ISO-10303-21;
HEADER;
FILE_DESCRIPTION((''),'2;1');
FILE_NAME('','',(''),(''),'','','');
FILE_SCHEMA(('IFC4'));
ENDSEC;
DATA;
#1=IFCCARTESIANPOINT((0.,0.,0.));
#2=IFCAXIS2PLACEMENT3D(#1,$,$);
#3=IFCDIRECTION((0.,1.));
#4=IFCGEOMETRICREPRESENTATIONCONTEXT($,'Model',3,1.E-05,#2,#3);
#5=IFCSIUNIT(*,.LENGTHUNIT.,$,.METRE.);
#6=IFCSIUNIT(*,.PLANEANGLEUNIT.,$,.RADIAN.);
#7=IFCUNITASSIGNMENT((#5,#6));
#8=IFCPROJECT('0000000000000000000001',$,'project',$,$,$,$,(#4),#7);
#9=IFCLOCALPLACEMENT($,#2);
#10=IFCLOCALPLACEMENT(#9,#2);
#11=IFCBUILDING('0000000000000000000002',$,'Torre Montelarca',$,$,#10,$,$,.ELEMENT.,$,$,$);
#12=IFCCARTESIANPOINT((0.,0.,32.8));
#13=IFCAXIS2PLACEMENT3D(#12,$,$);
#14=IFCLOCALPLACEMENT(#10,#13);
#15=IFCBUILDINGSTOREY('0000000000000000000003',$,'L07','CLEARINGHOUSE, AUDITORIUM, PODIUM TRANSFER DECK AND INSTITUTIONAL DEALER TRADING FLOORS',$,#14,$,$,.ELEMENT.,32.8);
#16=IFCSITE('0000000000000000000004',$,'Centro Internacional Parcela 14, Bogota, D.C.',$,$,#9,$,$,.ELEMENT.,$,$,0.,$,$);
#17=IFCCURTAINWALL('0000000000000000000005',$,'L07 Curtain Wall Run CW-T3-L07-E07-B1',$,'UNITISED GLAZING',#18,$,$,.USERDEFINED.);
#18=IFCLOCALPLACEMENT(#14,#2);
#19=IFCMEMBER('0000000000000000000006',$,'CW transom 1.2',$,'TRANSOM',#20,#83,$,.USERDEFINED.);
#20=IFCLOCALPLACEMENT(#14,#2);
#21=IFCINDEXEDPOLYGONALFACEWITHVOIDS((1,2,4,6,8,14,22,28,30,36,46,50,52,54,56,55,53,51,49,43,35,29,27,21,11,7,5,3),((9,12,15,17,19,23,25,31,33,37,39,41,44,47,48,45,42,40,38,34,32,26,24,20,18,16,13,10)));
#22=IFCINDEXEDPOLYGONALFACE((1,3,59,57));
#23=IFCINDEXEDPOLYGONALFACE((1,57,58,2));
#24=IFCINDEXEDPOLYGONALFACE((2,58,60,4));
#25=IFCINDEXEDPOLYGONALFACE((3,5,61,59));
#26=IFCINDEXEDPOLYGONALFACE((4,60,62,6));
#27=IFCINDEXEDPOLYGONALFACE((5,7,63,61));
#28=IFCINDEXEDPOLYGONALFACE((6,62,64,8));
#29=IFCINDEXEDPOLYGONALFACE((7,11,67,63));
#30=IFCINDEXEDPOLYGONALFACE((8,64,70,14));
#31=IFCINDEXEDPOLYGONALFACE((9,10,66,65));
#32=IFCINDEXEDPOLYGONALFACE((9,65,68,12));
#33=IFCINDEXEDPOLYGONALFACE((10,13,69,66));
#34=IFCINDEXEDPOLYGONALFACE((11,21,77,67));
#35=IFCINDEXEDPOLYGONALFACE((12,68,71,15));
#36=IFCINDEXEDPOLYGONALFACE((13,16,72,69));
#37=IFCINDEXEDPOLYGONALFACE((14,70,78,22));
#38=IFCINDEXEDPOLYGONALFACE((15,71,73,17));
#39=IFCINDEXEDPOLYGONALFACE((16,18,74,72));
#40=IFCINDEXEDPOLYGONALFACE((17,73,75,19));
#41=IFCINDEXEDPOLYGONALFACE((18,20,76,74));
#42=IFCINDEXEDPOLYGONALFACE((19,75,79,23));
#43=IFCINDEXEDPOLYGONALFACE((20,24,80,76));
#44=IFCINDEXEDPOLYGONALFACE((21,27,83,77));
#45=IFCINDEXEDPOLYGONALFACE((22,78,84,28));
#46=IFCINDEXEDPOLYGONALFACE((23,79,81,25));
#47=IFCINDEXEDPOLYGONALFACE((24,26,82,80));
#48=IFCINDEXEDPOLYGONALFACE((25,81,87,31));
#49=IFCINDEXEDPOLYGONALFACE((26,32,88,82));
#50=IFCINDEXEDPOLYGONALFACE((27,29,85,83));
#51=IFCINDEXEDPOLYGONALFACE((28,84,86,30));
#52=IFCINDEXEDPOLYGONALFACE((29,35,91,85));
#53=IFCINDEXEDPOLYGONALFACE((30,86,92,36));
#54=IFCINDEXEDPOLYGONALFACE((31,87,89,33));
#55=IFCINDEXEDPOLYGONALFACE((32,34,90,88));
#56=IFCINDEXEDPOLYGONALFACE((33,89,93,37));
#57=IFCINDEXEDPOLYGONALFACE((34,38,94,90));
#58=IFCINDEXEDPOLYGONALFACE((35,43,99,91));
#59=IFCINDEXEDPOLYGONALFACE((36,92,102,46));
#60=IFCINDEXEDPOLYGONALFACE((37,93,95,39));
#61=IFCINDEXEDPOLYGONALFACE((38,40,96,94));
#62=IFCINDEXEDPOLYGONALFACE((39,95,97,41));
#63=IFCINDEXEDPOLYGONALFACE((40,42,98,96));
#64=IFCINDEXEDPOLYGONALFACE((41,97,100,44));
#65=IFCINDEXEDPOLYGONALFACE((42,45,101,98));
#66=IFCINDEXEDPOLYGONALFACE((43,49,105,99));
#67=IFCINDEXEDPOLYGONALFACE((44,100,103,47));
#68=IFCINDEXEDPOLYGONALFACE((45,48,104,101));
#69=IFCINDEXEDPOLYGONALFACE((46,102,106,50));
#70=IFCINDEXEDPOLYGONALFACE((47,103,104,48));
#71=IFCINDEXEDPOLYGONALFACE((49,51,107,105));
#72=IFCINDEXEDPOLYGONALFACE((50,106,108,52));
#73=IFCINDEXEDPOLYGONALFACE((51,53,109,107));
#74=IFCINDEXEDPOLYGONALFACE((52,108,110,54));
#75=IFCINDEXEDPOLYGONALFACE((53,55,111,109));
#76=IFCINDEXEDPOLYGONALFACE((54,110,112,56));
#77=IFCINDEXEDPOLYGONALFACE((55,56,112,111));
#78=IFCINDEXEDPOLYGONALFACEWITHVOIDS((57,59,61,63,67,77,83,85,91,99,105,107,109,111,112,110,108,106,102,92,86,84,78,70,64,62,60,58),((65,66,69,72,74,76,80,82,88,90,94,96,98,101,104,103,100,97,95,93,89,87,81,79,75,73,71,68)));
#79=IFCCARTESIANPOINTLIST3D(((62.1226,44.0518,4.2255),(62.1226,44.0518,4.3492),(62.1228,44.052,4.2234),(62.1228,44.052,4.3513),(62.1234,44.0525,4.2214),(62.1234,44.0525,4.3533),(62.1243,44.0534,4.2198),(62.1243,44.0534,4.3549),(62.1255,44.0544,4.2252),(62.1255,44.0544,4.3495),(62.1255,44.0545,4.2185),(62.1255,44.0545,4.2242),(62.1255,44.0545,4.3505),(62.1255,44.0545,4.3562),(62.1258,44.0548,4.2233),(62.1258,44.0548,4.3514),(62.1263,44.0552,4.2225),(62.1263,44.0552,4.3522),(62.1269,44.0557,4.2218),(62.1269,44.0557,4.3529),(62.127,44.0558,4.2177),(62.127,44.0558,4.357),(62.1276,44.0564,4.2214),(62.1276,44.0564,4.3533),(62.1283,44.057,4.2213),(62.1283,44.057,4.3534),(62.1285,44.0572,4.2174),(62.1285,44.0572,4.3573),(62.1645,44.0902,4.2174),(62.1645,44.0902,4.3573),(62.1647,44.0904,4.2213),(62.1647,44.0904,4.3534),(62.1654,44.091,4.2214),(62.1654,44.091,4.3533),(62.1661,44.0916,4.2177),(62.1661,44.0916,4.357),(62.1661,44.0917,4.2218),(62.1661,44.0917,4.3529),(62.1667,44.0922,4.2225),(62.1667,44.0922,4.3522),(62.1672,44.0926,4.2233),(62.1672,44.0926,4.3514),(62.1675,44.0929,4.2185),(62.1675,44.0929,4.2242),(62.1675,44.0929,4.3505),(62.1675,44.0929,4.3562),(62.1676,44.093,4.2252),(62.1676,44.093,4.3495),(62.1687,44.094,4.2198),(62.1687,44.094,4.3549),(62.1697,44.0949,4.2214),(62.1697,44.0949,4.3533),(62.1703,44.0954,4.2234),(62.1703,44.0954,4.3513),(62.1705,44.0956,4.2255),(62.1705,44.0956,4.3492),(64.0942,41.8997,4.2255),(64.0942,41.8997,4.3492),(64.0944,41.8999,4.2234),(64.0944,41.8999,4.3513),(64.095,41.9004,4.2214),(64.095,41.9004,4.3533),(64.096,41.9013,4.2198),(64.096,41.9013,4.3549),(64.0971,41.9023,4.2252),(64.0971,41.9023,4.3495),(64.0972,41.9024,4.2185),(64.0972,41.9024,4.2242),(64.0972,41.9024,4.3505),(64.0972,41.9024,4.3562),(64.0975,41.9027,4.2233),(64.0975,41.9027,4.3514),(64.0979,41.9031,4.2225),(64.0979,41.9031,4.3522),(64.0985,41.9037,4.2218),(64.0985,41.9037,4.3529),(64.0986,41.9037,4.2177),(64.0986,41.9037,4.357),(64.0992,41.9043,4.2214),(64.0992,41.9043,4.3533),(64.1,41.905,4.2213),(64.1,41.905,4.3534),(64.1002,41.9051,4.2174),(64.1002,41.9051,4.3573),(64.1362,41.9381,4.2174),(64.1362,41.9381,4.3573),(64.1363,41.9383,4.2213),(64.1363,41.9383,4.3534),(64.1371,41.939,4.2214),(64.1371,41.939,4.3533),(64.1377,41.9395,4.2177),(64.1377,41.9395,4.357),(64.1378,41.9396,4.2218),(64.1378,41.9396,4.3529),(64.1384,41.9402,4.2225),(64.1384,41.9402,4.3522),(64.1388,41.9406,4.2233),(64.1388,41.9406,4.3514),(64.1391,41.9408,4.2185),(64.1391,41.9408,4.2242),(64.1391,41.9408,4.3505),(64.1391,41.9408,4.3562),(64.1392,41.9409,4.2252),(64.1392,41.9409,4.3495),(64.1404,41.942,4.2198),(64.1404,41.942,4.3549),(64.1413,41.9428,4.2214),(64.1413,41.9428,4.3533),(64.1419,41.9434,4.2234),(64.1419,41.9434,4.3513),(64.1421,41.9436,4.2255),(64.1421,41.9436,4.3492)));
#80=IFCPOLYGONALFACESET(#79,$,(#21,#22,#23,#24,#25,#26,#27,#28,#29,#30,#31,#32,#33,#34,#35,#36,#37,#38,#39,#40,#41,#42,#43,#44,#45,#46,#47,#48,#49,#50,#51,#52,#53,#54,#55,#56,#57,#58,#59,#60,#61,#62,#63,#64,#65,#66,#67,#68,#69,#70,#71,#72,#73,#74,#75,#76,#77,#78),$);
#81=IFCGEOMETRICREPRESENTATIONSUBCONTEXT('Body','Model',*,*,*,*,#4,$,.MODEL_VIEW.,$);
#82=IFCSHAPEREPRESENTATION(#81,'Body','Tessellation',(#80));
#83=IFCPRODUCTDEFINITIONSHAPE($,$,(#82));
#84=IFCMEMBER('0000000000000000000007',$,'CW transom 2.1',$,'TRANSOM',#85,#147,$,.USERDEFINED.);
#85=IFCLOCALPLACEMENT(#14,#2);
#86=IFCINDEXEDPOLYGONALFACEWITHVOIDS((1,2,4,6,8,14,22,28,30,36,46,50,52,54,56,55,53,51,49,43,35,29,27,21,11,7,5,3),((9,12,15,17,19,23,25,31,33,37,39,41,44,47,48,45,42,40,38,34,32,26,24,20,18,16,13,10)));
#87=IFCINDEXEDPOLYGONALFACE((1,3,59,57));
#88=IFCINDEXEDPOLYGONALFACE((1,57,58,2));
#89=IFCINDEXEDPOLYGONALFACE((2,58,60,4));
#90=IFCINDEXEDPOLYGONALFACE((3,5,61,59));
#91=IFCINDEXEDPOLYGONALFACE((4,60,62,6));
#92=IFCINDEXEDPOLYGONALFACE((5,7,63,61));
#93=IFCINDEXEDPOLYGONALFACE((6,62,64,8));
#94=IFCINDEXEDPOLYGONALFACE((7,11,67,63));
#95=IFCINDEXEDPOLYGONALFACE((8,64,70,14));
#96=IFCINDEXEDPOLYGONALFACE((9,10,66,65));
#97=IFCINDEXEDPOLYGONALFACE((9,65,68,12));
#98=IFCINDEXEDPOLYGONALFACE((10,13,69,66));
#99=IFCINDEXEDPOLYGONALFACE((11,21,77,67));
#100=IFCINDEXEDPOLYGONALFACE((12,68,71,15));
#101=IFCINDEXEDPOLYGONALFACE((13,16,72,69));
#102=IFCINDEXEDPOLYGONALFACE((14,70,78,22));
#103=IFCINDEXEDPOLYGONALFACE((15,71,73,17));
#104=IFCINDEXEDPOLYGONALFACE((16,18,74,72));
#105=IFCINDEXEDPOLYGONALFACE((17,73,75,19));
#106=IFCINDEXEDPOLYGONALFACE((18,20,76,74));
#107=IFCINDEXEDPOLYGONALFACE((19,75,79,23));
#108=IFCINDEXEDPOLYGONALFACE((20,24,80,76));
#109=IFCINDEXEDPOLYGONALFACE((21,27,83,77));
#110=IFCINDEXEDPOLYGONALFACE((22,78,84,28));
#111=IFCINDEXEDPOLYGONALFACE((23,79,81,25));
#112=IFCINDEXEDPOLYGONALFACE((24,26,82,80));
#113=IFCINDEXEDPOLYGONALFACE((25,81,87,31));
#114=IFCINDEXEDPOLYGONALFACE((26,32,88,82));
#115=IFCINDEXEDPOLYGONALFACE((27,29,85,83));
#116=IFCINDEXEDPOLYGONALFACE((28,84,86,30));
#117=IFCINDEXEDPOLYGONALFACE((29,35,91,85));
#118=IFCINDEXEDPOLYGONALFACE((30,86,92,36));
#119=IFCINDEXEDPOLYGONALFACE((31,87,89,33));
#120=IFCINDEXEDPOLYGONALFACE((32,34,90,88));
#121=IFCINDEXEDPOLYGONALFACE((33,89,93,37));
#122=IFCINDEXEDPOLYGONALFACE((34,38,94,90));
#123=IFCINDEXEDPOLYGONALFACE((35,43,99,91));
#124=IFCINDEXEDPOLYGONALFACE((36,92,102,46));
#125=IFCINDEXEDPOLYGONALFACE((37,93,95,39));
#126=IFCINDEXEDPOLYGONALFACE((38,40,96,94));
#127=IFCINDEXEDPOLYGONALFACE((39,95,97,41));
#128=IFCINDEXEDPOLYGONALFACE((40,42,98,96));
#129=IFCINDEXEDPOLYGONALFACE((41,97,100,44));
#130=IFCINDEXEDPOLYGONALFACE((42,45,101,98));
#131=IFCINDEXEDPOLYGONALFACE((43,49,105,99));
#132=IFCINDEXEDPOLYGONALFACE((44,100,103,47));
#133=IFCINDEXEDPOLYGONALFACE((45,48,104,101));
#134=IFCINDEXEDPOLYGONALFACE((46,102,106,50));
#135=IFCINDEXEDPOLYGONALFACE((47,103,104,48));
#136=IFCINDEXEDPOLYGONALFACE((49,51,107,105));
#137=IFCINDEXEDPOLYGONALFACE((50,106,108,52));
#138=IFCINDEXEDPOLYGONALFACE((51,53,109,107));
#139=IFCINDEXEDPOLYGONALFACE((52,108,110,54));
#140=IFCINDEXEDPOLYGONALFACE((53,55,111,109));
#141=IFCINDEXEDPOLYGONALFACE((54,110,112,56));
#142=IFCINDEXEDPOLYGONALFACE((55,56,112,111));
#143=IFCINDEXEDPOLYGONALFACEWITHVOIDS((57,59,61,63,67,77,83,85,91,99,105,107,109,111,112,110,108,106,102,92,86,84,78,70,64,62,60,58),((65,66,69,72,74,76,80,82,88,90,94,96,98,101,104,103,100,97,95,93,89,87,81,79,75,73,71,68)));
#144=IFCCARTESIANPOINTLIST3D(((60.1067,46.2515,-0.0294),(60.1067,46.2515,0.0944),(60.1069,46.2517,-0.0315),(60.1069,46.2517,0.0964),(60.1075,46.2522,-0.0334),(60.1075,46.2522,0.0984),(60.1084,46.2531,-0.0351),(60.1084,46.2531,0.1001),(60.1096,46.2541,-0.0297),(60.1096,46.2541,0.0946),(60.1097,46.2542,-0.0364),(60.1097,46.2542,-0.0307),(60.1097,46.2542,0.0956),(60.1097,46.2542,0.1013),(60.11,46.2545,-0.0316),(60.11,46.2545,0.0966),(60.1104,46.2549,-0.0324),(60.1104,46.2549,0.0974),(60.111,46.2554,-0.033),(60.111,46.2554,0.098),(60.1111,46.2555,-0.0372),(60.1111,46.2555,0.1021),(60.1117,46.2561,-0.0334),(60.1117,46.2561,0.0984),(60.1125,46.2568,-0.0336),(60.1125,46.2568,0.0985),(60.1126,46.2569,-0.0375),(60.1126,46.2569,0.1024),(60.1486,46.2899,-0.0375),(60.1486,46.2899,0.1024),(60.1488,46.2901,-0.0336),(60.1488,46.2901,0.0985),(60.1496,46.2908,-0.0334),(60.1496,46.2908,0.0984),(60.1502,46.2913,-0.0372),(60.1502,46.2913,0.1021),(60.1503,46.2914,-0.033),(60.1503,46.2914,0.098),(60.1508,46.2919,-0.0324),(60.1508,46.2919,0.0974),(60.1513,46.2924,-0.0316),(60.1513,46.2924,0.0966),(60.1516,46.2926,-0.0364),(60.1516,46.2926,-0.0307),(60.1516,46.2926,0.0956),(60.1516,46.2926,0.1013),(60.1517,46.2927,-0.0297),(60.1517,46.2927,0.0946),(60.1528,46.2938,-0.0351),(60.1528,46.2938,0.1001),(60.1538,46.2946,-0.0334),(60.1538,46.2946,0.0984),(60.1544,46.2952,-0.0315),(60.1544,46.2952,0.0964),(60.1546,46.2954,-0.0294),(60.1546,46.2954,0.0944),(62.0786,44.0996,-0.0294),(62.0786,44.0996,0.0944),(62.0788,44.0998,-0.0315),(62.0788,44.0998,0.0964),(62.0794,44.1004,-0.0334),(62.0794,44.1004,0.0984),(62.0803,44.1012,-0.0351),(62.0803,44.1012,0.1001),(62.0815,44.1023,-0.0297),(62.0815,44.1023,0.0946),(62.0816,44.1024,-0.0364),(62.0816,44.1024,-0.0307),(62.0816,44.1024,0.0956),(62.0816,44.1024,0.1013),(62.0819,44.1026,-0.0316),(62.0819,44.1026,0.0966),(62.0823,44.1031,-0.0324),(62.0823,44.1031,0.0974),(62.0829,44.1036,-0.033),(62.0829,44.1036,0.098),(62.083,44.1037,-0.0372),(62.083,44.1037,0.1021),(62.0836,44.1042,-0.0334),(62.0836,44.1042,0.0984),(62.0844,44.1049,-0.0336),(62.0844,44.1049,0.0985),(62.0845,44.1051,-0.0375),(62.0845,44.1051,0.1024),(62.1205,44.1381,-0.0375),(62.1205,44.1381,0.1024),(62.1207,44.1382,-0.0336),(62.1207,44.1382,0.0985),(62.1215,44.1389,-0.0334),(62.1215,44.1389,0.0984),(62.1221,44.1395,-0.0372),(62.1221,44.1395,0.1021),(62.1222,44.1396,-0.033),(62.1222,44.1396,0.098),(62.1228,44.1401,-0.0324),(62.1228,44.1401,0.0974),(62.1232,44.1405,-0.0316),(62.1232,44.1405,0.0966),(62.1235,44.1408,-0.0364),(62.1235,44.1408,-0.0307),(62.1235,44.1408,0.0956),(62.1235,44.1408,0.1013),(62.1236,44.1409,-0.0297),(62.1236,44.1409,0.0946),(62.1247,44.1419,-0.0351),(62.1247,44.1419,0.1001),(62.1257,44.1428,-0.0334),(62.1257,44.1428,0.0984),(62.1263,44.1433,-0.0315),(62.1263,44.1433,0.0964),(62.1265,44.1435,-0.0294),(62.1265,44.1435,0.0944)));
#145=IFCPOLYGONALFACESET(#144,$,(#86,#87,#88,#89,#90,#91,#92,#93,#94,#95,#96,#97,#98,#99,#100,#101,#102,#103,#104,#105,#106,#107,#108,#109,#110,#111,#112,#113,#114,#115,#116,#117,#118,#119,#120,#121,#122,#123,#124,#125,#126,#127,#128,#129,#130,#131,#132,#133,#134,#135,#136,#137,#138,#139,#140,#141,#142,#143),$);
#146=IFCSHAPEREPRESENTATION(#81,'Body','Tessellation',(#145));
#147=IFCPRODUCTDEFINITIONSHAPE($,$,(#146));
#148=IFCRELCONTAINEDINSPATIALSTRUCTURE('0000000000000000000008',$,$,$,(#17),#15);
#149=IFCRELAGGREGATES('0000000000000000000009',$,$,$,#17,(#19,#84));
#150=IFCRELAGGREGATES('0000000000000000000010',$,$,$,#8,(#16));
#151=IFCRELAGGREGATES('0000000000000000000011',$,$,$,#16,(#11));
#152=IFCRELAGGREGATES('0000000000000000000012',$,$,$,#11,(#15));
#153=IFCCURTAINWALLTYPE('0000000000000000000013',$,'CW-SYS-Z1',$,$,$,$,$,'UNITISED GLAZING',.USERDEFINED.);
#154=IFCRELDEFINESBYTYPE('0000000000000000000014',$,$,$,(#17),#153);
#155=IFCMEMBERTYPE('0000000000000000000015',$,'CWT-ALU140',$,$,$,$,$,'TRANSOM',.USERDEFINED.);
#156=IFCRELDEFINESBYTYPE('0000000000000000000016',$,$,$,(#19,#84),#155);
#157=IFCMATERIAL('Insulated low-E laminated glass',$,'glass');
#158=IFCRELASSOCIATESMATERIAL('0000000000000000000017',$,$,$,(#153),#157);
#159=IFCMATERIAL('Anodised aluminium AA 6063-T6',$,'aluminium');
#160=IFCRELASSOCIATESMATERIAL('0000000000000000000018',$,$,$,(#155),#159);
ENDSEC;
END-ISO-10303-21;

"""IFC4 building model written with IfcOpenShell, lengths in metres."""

from ifc_helpers import new_model, si_unit, direction, frame, origin, origin_2d, place, context, subcontext, project, spatial, hollow_rectangle, extrude, source, transform, mapped, material, material_profile, profile_set, type_object, element, aggregate, save


model = new_model("IFC4")

# Units and contexts
model_context = context("Model", 3, precision=1e-05, world=origin(), true_north=direction((0.0, 1.0)))
body_context = subcontext(model_context, "Body", "Model", "MODEL_VIEW")
ifc_project = project(units=[si_unit("LENGTHUNIT", "METRE"), si_unit("PLANEANGLEUNIT", "RADIAN")], contexts=[model_context])

# Site, building, storey
site_placement = place(None, origin())
site = spatial("IfcSite", under=ifc_project, at=site_placement, Name="Centro Internacional Parcela 14, Bogota, D.C.", CompositionType="ELEMENT", RefElevation=0.0)
building_placement = place(site_placement, origin())
building = spatial("IfcBuilding", under=site, at=building_placement, Name="Torre Montelarca", CompositionType="ELEMENT")
storey_placement = place(building_placement, frame((0.0, 0.0, 32.8)))
storey = spatial("IfcBuildingStorey", under=building, at=storey_placement, Name="L07", Description="CLEARINGHOUSE, AUDITORIUM, PODIUM TRANSFER DECK AND INSTITUTIONAL DEALER TRADING FLOORS", CompositionType="ELEMENT", Elevation=32.8)

# Curtain wall, members
ifc_material_1 = material(Name="Insulated low-E laminated glass", Category="glass")
curtain_wall_type = type_object("IfcCurtainWallType", Name="CW-SYS-Z1", ElementType="UNITISED GLAZING", PredefinedType="USERDEFINED", material=ifc_material_1)
ifc_material_2 = material(Name="Anodised aluminium AA 6063-T6", Category="aluminium")
curtain_wall_1_placement = place(storey_placement, origin())
curtain_wall_1 = element("IfcCurtainWall", 1, at=curtain_wall_1_placement, inside=storey, type_object=curtain_wall_type, Name="L07 Curtain Wall Run CW-T3-L07-E07-B1", ObjectType="UNITISED GLAZING", PredefinedType="USERDEFINED")
ifc_material_profile_1 = material_profile(ifc_material_2, hollow_rectangle(XDim=0.0649, YDim=0.1399, WallThickness=0.0039, InnerFilletRadius=0.0039, OuterFilletRadius=0.0081, at=origin_2d()), Name="ALU65X140X4", Category="aluminium")
ifc_profile_set_1 = profile_set([ifc_material_profile_1], Name="Anodised aluminium AA 6063-T6")
member_type_1 = type_object("IfcMemberType", Name="CWT-ALU140", ElementType="TRANSOM", PredefinedType="USERDEFINED", material=ifc_profile_set_1)
shared_shape_1 = source(origin(), body_context, "Body", "SweptSolid", [
    extrude(hollow_rectangle(XDim=0.0649, YDim=0.1399, WallThickness=0.0039, InnerFilletRadius=0.0039, OuterFilletRadius=0.0081, at=origin_2d()), origin(), (0.0, 0.0, 1.0), 2.9187),
])
member_1_placement = place(storey_placement, frame((64.1182, 41.9216, 4.2874), z_axis=(-0.675524, 0.737338, 0.0), x_axis=(-0.737338, -0.675524, 0.0)))
member_1 = element("IfcMember", 2, at=member_1_placement, type_object=member_type_1, Name="CW transom 1.2", ObjectType="TRANSOM", PredefinedType="USERDEFINED", context=body_context, shape_type="MappedRepresentation", body=[
    mapped(shared_shape_1, transform((0.0, 0.0, 0.0), scale=1.0)),
])
member_2_placement = place(storey_placement, frame((62.1025, 44.1216, 0.0325), z_axis=(-0.675611, 0.737258, 0.0), x_axis=(-0.737258, -0.675611, 0.0)))
member_2 = element("IfcMember", 3, at=member_2_placement, type_object=member_type_1, Name="CW transom 2.1", ObjectType="TRANSOM", PredefinedType="USERDEFINED", context=body_context, shape_type="MappedRepresentation", body=[
    mapped(shared_shape_1, transform((0.0, 0.0, 0.0), scale=1.0)),
])

aggregate(curtain_wall_1, [member_1, member_2])

save(model, "model.ifc")
